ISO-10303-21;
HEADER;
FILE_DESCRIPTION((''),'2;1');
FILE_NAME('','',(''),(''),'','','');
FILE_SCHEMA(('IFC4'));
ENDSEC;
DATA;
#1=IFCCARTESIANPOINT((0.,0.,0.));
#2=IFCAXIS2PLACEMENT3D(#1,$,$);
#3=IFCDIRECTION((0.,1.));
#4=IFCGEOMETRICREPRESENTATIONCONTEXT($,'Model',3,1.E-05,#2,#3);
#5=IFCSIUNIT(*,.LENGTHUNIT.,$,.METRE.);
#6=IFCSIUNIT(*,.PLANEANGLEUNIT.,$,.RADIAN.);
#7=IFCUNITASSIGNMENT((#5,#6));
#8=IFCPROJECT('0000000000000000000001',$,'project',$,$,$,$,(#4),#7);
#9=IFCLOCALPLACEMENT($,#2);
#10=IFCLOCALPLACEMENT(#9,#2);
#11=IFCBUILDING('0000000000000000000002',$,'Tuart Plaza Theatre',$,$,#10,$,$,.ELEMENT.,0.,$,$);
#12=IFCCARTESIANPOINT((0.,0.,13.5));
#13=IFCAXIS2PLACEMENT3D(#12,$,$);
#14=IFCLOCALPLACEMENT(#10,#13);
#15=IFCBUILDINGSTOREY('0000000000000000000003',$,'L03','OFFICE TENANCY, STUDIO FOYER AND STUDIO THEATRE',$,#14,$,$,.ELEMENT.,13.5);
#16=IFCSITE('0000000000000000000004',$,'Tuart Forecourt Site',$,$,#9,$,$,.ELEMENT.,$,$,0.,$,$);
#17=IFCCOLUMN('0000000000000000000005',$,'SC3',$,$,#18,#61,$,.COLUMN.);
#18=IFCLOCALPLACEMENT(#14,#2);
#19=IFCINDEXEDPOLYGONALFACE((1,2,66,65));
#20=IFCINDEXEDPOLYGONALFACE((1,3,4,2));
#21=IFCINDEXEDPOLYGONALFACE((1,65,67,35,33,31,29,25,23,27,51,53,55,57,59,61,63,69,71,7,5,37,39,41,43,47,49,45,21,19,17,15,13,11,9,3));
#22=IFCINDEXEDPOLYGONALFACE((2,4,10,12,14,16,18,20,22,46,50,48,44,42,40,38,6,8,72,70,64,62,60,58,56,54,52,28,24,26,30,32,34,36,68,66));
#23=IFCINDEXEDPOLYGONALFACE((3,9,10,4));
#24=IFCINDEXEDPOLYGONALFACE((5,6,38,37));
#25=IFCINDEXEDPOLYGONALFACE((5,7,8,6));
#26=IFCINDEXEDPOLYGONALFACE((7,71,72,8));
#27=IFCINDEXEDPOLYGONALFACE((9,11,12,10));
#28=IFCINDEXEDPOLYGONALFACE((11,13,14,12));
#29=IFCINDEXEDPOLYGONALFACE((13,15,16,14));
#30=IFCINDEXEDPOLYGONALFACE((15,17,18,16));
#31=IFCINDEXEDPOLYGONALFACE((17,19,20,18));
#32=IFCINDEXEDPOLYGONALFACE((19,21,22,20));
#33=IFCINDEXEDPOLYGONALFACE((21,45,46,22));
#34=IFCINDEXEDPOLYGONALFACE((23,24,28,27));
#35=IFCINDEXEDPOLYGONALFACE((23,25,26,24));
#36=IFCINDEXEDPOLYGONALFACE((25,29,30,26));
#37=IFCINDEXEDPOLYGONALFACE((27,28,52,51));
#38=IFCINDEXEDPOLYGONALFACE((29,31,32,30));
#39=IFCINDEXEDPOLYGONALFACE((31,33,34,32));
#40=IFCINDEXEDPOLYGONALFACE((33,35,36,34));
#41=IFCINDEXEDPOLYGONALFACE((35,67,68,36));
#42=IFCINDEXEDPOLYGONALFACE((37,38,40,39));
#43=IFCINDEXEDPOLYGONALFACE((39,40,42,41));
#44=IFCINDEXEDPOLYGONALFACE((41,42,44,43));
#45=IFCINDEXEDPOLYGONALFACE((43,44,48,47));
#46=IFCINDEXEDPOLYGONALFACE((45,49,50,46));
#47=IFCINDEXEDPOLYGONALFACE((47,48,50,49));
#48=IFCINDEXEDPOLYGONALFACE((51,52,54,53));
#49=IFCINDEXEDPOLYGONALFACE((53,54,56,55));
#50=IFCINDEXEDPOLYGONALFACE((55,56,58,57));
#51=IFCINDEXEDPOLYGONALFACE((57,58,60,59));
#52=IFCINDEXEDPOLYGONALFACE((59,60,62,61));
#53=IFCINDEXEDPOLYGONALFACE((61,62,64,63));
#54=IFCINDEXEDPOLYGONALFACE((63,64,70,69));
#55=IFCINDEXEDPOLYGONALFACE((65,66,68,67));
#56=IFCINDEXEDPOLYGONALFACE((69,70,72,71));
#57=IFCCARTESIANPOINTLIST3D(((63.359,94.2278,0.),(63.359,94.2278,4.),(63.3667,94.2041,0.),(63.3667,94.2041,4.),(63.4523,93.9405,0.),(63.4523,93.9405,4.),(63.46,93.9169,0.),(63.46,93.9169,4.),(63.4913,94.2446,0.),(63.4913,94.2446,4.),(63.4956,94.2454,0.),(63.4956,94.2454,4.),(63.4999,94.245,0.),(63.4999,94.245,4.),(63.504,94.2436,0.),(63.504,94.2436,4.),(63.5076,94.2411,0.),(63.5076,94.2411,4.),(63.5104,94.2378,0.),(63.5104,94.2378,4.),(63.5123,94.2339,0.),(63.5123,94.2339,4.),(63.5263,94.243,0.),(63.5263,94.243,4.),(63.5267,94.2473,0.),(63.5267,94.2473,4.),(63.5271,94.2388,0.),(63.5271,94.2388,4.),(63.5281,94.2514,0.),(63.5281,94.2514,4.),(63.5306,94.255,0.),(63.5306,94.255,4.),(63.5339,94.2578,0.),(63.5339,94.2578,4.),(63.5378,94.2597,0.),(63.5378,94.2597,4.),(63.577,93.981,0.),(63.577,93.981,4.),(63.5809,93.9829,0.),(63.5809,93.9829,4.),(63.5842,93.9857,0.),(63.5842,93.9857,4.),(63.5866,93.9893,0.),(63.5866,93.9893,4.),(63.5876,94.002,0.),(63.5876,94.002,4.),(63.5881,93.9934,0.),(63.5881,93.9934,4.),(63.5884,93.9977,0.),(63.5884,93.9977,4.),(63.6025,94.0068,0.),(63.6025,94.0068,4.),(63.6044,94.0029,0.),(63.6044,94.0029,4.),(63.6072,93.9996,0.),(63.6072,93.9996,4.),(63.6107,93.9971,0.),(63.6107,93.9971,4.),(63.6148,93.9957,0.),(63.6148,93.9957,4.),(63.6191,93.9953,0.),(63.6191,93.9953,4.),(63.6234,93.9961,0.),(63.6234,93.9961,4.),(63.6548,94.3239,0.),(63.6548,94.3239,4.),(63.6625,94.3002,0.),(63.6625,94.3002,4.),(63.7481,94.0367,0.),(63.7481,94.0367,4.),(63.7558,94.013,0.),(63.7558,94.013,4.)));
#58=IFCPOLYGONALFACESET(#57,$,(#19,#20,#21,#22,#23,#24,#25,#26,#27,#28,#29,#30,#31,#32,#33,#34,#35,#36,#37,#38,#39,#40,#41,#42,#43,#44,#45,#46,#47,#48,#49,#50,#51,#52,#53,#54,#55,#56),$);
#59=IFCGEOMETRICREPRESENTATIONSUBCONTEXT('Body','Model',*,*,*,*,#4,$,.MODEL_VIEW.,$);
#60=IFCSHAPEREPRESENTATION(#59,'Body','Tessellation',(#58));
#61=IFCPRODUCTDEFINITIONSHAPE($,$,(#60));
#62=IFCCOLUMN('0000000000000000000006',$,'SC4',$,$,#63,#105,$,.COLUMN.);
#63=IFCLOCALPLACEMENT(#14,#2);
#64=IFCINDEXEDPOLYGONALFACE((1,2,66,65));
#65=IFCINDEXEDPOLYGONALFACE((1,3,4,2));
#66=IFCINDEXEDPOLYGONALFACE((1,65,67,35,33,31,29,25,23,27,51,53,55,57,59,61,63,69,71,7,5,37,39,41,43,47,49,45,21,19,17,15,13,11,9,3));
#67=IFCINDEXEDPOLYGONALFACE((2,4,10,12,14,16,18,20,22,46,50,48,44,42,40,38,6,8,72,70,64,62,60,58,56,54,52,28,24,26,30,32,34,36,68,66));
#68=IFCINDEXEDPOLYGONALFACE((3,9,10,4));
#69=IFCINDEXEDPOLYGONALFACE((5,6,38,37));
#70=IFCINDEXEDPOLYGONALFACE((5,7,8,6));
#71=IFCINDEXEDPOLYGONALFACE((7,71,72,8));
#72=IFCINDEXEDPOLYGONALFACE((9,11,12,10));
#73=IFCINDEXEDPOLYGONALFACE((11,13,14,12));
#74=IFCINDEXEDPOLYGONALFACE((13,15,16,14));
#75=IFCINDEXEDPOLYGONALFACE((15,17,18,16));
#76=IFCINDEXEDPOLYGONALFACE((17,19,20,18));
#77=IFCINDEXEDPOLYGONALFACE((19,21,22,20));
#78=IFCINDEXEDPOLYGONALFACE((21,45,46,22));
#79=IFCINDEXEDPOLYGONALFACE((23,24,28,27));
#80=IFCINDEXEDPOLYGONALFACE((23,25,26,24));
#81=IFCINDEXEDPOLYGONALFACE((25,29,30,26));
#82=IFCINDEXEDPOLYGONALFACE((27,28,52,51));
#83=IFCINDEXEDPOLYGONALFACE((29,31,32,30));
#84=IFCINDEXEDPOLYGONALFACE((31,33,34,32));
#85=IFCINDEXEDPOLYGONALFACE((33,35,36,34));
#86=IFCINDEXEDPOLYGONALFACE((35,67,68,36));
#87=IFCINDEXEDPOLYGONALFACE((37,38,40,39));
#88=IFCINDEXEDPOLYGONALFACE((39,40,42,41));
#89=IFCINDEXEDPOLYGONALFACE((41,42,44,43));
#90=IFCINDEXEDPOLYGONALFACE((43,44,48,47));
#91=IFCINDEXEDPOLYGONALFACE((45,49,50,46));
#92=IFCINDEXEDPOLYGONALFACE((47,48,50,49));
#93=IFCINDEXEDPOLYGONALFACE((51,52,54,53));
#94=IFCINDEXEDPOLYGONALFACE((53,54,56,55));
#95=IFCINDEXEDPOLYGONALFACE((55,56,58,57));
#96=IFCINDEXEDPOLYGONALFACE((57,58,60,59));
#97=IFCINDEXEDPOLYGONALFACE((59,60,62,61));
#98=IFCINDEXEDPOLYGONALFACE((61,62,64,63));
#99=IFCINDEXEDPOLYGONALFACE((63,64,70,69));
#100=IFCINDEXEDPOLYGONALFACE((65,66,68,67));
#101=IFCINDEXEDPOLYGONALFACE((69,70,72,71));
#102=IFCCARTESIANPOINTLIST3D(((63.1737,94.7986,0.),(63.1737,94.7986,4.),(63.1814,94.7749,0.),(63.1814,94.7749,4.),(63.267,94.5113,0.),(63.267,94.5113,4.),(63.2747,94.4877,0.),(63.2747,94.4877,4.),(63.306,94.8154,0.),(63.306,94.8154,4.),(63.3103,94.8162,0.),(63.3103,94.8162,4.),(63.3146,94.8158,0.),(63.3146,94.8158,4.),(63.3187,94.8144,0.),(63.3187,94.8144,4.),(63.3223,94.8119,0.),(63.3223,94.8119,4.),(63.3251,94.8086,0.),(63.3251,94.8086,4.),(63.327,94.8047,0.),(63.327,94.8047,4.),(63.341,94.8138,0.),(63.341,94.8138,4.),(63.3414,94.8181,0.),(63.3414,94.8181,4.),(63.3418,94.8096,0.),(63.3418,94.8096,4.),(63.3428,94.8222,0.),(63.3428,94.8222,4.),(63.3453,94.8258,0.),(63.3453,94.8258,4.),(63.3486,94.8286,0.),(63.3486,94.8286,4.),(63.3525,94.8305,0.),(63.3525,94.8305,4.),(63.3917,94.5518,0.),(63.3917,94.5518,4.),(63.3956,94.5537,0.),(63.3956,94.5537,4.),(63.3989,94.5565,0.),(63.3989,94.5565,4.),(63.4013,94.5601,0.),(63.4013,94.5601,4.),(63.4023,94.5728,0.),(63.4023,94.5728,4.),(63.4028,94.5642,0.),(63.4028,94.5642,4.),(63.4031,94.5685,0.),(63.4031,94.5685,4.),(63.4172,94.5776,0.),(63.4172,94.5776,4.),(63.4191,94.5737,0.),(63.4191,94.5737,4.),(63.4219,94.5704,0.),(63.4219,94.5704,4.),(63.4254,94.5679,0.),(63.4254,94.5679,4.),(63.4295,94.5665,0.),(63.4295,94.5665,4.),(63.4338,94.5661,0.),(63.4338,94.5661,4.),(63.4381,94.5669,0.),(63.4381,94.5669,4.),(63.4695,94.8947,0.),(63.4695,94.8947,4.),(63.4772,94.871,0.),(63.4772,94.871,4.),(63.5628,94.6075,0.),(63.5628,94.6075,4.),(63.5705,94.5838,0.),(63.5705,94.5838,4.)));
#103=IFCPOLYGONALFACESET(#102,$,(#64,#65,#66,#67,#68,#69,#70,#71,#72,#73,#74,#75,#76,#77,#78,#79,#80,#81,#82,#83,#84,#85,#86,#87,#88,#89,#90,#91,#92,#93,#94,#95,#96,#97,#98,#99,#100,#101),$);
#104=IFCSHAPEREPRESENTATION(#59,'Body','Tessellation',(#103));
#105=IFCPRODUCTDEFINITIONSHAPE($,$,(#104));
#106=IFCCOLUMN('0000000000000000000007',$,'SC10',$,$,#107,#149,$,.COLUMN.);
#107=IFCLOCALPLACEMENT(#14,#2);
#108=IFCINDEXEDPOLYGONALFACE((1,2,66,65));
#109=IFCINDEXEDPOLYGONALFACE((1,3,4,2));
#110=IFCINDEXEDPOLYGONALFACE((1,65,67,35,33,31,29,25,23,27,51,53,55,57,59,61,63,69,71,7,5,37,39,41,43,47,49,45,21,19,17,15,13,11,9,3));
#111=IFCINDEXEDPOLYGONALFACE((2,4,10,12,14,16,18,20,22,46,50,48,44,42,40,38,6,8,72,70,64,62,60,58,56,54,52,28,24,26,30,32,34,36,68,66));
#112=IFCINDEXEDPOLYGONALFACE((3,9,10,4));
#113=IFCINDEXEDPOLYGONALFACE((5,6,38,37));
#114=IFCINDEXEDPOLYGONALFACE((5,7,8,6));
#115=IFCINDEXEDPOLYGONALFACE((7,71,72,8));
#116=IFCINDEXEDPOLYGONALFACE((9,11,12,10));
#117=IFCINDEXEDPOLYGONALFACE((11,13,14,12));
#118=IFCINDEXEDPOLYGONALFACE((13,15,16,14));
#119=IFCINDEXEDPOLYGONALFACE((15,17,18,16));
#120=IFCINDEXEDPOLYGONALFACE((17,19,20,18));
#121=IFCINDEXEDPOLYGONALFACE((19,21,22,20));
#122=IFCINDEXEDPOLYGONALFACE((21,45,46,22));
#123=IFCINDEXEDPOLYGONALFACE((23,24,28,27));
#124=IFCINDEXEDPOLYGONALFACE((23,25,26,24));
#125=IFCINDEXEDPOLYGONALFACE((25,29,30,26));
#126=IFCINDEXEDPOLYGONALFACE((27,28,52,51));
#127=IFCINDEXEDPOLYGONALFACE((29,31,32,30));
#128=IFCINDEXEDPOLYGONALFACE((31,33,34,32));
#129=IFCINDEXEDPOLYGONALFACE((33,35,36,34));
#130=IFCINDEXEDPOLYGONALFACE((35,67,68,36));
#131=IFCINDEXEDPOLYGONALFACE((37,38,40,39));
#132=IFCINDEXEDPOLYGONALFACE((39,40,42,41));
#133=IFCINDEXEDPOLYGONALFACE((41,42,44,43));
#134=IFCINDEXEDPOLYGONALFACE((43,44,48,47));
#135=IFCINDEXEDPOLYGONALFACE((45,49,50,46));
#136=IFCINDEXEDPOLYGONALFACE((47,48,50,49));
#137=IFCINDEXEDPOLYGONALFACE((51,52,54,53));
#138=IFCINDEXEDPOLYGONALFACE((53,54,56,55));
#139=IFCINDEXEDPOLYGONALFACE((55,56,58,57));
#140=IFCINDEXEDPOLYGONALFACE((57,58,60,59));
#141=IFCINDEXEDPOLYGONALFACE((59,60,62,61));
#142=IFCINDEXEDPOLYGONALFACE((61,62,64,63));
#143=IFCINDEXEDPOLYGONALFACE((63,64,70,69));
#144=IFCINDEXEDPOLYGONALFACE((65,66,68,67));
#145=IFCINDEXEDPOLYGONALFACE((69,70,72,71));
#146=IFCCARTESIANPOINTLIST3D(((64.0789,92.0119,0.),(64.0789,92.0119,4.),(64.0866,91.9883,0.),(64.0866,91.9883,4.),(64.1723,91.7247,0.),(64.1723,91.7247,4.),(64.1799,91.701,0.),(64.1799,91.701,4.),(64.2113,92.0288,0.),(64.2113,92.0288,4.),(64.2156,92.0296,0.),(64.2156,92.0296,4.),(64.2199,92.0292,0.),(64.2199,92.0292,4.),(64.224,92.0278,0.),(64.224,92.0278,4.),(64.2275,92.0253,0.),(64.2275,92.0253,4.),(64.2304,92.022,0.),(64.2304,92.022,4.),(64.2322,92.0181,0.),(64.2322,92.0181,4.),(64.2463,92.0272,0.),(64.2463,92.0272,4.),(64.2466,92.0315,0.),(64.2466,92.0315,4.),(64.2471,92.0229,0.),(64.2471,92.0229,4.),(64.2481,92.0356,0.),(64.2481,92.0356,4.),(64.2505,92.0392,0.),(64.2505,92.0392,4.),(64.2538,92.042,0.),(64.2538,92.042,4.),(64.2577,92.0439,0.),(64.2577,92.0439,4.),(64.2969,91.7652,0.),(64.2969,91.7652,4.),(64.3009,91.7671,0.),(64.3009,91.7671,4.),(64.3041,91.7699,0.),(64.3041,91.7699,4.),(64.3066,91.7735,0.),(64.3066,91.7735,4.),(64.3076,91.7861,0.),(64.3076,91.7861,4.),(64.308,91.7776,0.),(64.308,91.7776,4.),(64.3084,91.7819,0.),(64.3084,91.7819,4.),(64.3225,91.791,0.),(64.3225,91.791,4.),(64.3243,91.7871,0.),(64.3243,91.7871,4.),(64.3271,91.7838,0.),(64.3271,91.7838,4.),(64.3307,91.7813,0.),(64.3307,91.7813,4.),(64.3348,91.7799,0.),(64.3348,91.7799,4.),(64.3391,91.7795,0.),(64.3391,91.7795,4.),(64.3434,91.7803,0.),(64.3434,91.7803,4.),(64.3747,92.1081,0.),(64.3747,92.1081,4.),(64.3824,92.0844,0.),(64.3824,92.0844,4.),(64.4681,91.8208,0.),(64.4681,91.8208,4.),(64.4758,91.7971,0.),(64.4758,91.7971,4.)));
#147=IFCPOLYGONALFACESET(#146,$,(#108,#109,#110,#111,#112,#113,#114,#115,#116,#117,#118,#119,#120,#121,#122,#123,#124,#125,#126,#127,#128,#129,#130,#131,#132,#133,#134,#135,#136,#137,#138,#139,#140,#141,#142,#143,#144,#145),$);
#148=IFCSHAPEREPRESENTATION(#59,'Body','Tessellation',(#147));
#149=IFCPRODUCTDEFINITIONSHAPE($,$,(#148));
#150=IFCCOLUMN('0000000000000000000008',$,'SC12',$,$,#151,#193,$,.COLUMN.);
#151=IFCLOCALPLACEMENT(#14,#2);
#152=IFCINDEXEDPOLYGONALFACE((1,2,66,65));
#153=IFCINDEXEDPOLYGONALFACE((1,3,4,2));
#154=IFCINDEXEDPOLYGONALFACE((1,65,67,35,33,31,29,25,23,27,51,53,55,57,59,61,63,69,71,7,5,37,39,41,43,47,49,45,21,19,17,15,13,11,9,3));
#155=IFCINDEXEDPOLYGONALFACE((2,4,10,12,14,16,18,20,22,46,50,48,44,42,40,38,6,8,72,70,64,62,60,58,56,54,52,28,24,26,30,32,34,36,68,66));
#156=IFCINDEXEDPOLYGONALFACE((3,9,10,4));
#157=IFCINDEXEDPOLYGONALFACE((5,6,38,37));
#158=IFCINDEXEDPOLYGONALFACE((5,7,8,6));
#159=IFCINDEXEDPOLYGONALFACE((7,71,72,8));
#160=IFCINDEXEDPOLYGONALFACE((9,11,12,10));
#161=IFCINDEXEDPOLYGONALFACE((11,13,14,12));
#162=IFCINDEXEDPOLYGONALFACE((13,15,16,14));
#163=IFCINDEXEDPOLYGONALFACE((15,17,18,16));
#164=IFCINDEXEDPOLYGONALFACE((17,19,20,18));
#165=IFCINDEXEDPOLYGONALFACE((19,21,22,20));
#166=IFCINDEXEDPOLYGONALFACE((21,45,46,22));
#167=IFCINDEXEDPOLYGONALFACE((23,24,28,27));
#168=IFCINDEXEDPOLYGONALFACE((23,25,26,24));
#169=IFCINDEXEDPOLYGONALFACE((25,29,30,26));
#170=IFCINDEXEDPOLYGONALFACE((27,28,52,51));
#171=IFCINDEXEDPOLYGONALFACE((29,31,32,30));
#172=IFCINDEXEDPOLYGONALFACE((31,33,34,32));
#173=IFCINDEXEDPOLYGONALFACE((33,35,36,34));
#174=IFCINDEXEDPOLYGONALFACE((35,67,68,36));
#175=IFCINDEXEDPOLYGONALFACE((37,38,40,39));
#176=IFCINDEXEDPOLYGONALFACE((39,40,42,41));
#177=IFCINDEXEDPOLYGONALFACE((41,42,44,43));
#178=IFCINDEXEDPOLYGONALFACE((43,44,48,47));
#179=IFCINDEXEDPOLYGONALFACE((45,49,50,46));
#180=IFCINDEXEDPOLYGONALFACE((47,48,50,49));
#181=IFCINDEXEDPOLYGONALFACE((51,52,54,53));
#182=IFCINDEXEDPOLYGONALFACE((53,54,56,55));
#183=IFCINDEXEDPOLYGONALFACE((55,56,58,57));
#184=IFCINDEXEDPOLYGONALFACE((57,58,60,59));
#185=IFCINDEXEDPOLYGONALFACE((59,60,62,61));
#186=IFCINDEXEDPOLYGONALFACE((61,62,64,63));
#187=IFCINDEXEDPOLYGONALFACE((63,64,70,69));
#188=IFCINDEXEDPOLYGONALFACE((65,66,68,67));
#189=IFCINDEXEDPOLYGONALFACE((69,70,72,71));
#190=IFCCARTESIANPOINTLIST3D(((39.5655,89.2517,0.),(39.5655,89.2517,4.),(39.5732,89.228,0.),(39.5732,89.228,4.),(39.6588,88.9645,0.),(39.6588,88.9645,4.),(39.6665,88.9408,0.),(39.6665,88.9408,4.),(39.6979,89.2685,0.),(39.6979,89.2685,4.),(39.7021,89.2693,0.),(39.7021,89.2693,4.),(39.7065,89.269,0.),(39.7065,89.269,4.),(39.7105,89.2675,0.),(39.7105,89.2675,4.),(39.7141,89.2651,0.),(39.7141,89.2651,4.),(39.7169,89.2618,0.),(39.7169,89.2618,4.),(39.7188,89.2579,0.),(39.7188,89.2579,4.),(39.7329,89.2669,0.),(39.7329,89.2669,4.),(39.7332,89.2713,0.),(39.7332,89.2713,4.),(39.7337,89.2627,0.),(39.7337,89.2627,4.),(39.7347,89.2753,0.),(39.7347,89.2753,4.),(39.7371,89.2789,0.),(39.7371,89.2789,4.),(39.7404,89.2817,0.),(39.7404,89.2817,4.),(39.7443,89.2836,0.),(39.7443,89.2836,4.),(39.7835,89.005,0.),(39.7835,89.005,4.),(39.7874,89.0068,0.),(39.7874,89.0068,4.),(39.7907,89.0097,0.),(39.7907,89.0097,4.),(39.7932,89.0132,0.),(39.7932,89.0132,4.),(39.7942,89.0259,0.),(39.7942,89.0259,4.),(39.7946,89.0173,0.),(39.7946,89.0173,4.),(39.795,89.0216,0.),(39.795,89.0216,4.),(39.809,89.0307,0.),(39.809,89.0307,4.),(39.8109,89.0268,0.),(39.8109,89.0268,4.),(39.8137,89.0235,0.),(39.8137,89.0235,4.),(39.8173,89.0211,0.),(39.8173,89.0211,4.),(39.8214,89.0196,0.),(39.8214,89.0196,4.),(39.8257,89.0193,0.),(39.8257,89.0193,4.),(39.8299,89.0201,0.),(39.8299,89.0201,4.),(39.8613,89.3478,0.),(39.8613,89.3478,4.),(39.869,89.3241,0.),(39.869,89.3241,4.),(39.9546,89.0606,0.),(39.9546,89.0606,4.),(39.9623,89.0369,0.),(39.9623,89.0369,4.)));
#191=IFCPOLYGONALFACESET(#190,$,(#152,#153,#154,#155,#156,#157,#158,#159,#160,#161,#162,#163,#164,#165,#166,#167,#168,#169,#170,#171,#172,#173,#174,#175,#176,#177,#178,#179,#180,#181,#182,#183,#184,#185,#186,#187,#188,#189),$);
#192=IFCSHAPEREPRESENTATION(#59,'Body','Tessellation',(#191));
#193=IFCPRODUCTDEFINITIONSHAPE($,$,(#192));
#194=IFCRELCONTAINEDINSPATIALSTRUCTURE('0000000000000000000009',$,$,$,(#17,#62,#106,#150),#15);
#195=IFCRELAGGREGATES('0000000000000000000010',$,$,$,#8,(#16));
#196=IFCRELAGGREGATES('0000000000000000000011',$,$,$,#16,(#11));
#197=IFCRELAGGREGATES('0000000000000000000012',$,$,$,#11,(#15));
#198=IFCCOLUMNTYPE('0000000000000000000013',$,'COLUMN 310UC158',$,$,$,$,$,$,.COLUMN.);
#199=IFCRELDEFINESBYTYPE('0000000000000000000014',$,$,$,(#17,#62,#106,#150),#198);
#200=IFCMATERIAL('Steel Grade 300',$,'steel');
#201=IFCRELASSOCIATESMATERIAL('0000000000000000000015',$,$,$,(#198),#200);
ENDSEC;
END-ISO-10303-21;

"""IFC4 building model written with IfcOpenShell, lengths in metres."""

from ifc_helpers import new_model, si_unit, direction, frame, origin, origin_2d, place, context, subcontext, project, spatial, i_section, extrude, material, material_profile, profile_set, type_object, element, save


model = new_model("IFC4")

# Units and contexts
model_context = context("Model", 3, precision=1e-05, world=origin(), true_north=direction((0.0, 1.0)))
body_context = subcontext(model_context, "Body", "Model", "MODEL_VIEW")
ifc_project = project(units=[si_unit("LENGTHUNIT", "METRE"), si_unit("PLANEANGLEUNIT", "RADIAN")], contexts=[model_context])

# Site, building, storey
site_placement = place(None, origin())
site = spatial("IfcSite", under=ifc_project, at=site_placement, Name="Tuart Forecourt Site", CompositionType="ELEMENT", RefElevation=0.0)
building_placement = place(site_placement, origin())
building = spatial("IfcBuilding", under=site, at=building_placement, Name="Tuart Plaza Theatre", CompositionType="ELEMENT", ElevationOfRefHeight=0.0)
storey_placement = place(building_placement, frame((0.0, 0.0, 13.5)))
storey = spatial("IfcBuildingStorey", under=building, at=storey_placement, Name="L03", Description="OFFICE TENANCY, STUDIO FOYER AND STUDIO THEATRE", CompositionType="ELEMENT", Elevation=13.5)

# Columns
ifc_material_1 = material(Name="Steel Grade 300", Category="steel")
ifc_material_profile_1 = material_profile(ifc_material_1, i_section(OverallWidth=0.311, OverallDepth=0.3269, WebThickness=0.0156, FlangeThickness=0.0249, FilletRadius=0.0166, at=origin_2d()), Name="310UC158")
ifc_profile_set_1 = profile_set([ifc_material_profile_1], Name="Steel Grade 300")
column_type = type_object("IfcColumnType", Name="COLUMN 310UC158", PredefinedType="COLUMN", material=ifc_profile_set_1)
for number, where, z_axis, x_axis, name in (
    (1, (63.5574, 94.1204, 0.0), (0.0, 0.0, 1.0), (0.951057, 0.309017, 0.0), "SC3"),
    (2, (63.3721, 94.6912, 0.0), (0.0, 0.0, 1.0), (0.951057, 0.309017, 0.0), "SC4"),
    (3, (64.2773, 91.9045, 0.0), (0.0, 0.0, 1.0), (0.951057, 0.309017, 0.0), "SC10"),
    (4, (39.7639, 89.1443, 0.0), (0.0, 0.0, 1.0), (0.951057, 0.309017, 0.0), "SC12"),
):
    element("IfcColumn", number, at=place(storey_placement, frame(where, z_axis=z_axis, x_axis=x_axis)), inside=storey, type_object=column_type, Name=name, PredefinedType="COLUMN", context=body_context, shape_type="SweptSolid", body=[
        extrude(i_section(OverallWidth=0.311, OverallDepth=0.3269, WebThickness=0.0156, FlangeThickness=0.0249, FilletRadius=0.0166, at=origin_2d()), origin(), (0.0, 0.0, 1.0), 4.0),
    ])

save(model, "model.ifc")
